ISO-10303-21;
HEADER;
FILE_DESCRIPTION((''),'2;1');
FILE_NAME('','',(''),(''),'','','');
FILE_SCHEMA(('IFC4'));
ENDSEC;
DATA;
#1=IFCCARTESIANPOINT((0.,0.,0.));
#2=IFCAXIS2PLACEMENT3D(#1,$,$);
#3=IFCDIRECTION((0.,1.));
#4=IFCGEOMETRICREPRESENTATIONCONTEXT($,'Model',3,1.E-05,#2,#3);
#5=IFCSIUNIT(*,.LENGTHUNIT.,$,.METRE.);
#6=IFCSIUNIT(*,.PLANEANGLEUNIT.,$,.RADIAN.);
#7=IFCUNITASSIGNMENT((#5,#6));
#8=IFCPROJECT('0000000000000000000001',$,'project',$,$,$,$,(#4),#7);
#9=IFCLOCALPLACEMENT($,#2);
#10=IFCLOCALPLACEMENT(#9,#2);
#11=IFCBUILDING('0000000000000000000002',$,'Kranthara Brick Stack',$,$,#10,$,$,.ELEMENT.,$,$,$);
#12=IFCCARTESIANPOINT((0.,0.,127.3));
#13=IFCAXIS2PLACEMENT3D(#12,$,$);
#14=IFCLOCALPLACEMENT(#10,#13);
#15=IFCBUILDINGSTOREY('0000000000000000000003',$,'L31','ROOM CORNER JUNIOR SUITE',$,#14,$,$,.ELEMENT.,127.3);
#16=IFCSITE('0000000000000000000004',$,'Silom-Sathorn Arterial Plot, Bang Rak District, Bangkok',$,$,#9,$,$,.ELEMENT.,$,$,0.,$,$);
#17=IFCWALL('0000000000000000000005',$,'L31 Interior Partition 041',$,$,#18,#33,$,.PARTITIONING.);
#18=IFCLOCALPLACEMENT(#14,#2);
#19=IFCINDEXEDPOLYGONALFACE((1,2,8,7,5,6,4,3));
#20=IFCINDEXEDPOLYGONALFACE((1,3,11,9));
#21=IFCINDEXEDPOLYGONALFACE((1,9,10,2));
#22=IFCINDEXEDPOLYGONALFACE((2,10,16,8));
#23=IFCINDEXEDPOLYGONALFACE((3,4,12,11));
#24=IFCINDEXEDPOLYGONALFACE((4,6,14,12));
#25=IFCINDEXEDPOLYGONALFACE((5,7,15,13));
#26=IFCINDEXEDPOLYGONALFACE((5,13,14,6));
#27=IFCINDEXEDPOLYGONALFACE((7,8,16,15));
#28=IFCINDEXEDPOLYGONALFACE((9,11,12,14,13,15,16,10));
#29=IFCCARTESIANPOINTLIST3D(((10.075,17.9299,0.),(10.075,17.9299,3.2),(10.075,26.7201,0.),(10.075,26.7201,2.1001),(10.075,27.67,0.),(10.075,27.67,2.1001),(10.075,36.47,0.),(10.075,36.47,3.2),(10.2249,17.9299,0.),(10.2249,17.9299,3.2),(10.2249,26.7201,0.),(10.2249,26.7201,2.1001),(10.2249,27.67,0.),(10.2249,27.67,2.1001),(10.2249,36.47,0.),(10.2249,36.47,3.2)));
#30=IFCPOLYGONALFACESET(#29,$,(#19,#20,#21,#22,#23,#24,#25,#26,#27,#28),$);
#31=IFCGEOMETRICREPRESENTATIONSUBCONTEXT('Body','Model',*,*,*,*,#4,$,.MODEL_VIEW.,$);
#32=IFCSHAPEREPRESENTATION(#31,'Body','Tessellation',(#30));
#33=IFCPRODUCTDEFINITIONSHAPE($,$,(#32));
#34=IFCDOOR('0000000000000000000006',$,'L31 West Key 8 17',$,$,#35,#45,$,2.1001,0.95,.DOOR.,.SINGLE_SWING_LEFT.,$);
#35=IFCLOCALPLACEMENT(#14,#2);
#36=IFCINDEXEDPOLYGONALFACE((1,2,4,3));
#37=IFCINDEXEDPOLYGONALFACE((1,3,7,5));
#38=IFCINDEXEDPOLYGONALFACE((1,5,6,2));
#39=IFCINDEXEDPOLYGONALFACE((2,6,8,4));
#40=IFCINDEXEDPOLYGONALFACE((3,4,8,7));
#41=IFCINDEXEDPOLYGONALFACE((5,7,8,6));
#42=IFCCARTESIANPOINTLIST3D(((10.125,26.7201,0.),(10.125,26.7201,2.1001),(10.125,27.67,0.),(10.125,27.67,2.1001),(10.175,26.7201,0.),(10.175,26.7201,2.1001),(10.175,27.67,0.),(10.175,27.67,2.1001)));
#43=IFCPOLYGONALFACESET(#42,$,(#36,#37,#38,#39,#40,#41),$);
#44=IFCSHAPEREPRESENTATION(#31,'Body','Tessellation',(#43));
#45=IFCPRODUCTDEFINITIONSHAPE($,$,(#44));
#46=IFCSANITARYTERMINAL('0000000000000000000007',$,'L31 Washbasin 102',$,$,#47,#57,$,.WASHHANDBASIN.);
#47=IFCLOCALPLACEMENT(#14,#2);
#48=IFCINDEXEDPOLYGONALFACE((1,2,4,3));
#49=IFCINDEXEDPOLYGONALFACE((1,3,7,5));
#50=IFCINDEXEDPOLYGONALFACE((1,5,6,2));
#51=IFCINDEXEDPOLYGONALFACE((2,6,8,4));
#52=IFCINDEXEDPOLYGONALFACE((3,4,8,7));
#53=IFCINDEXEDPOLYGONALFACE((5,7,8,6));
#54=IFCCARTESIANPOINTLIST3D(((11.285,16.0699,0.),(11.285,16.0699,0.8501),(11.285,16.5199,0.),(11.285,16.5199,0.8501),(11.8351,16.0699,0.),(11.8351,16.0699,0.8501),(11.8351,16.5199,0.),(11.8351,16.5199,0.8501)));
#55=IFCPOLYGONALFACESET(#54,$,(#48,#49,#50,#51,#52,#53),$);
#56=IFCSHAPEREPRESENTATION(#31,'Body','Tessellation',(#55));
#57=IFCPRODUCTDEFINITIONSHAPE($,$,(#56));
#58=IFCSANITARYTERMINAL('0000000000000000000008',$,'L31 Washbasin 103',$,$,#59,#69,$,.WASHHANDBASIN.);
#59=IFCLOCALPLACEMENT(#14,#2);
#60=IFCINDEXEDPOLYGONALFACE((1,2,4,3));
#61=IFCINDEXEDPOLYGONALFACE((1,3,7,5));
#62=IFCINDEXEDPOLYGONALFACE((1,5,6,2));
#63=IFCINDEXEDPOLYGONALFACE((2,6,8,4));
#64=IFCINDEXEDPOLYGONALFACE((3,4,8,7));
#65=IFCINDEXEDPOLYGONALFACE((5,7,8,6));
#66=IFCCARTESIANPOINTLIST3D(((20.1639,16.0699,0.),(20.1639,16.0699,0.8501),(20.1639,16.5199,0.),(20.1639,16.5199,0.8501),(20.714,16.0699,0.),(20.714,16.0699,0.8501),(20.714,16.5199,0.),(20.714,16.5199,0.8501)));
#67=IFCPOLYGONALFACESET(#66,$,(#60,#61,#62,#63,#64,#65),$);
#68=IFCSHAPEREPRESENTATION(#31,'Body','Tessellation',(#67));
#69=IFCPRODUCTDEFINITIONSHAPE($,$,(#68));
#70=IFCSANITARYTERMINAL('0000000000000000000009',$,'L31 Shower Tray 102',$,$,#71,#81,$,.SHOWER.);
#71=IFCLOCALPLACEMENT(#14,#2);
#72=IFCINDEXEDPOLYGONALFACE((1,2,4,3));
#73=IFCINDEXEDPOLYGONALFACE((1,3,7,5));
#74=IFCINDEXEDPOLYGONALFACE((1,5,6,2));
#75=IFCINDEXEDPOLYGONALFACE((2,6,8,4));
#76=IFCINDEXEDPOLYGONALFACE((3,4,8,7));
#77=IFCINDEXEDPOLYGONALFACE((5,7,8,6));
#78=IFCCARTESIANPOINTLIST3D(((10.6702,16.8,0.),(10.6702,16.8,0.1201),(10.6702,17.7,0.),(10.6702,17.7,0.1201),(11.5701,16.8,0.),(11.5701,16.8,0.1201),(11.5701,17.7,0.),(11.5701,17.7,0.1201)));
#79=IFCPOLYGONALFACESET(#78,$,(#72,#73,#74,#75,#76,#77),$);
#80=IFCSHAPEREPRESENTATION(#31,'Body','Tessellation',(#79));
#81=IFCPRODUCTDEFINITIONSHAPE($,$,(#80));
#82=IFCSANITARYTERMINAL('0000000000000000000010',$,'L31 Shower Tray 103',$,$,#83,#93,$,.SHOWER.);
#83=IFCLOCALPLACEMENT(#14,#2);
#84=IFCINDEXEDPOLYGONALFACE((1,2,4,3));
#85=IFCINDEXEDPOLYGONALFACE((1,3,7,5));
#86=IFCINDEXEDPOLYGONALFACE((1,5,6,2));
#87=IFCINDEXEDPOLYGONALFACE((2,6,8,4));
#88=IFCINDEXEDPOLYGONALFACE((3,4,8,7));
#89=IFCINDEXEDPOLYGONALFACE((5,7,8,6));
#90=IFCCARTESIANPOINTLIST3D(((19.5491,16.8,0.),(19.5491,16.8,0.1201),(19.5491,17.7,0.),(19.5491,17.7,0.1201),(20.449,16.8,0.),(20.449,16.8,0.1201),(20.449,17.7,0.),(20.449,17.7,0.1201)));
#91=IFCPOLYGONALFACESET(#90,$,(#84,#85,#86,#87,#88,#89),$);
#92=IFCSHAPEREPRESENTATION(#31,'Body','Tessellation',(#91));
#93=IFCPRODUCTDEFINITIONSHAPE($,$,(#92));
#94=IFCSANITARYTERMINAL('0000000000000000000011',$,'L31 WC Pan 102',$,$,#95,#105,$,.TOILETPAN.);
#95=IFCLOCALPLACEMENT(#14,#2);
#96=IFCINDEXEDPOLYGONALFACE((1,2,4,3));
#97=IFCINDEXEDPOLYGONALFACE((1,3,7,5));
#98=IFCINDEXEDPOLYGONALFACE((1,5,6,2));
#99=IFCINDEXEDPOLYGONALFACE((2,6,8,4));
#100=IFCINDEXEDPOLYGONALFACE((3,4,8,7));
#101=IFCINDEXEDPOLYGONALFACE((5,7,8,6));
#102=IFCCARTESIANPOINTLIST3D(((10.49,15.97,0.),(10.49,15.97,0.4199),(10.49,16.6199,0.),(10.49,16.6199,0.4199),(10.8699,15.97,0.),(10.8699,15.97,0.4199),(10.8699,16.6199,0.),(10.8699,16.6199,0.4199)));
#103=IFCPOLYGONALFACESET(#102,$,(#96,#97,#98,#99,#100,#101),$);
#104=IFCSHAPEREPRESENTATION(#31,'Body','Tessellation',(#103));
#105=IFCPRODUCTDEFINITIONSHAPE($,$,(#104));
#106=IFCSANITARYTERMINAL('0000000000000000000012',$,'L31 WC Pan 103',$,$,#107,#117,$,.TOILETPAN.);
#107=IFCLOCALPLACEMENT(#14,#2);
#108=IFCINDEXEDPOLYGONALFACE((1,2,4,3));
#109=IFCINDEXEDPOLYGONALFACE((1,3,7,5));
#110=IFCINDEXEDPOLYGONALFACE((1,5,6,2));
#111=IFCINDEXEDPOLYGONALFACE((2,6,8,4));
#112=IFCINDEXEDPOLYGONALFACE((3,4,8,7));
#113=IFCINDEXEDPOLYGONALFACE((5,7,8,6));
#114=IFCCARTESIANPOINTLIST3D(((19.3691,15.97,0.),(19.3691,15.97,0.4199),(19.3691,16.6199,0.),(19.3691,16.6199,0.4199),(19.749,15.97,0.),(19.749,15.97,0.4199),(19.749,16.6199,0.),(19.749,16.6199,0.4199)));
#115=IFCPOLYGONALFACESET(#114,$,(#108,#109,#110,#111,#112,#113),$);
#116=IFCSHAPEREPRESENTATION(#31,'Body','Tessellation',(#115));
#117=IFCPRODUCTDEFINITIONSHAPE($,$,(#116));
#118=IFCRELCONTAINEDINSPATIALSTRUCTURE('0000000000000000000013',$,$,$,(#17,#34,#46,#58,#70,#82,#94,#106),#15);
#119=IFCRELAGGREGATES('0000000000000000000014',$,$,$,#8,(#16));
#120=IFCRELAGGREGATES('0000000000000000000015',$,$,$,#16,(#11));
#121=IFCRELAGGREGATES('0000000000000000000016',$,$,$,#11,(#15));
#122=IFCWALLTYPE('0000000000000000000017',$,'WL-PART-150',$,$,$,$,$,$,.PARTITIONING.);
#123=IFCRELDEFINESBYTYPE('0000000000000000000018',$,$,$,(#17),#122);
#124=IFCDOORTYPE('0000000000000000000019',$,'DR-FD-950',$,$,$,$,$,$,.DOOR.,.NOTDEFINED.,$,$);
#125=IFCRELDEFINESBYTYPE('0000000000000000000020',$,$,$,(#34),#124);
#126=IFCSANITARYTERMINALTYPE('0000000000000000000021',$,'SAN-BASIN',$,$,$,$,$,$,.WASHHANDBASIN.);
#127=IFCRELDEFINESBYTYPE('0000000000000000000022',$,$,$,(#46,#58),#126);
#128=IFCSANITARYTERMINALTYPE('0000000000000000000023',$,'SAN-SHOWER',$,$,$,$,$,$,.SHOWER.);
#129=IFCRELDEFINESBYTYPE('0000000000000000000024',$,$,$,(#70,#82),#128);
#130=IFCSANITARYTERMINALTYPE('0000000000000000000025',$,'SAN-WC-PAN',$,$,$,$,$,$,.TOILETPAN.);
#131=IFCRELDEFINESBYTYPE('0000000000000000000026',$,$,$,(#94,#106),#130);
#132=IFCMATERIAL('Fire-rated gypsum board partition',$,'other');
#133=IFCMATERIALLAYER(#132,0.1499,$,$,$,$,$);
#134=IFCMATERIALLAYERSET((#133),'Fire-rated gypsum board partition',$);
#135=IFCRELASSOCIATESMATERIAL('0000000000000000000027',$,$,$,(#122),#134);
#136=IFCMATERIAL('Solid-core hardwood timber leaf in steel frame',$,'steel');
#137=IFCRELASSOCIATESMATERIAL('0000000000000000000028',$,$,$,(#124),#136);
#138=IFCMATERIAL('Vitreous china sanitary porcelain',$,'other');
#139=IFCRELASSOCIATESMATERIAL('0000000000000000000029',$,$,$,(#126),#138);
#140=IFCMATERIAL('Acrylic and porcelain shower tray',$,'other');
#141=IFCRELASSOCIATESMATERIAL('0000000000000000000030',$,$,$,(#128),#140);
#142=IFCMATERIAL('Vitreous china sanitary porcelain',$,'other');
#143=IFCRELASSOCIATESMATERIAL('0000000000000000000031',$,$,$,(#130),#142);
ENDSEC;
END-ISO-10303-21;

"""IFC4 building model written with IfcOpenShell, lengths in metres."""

from ifc_helpers import new_model, si_unit, direction, frame, frame_2d, origin, origin_2d, place, context, subcontext, project, spatial, rectangle, extrude, material, layer, layer_set, type_object, element, fill, save


model = new_model("IFC4")

# Units and contexts
model_context = context("Model", 3, precision=1e-05, world=origin(), true_north=direction((0.0, 1.0)))
body_context = subcontext(model_context, "Body", "Model", "MODEL_VIEW")
ifc_project = project(units=[si_unit("LENGTHUNIT", "METRE"), si_unit("PLANEANGLEUNIT", "RADIAN")], contexts=[model_context])

# Site, building, storey
site_placement = place(None, origin())
site = spatial("IfcSite", under=ifc_project, at=site_placement, Name="Silom-Sathorn Arterial Plot, Bang Rak District, Bangkok", CompositionType="ELEMENT", RefElevation=0.0)
building_placement = place(site_placement, origin())
building = spatial("IfcBuilding", under=site, at=building_placement, Name="Kranthara Brick Stack", CompositionType="ELEMENT")
storey_placement = place(building_placement, frame((0.0, 0.0, 127.3)))
storey = spatial("IfcBuildingStorey", under=building, at=storey_placement, Name="L31", Description="ROOM CORNER JUNIOR SUITE", CompositionType="ELEMENT", Elevation=127.3)

# Shared definitions
ifc_material_1 = material(Name="Fire-rated gypsum board partition", Category="other")
ifc_layer_1 = layer(ifc_material_1, 0.1499)
ifc_layer_set_1 = layer_set([ifc_layer_1], Name="Fire-rated gypsum board partition")
wall_type_1 = type_object("IfcWallType", Name="WL-PART-150", PredefinedType="PARTITIONING", material=ifc_layer_set_1)

# Shared definitions
ifc_material_2 = material(Name="Solid-core hardwood timber leaf in steel frame", Category="steel")
door_type_1 = type_object("IfcDoorType", Name="DR-FD-950", OperationType="NOTDEFINED", PredefinedType="DOOR", material=ifc_material_2)

# Wall, opening, door
wall_1_placement = place(storey_placement, frame((10.1499, 17.9299, 0.0), z_axis=(0.0, 0.0, 1.0), x_axis=(0.0, 1.0, 0.0)))
wall_1 = element("IfcWall", 1, at=wall_1_placement, inside=storey, type_object=wall_type_1, Name="L31 Interior Partition 041", PredefinedType="PARTITIONING", context=body_context, shape_type="SweptSolid", body=[
    extrude(rectangle(XDim=18.54, YDim=0.1499, at=frame_2d((9.27, 0.0))), origin(), (0.0, 0.0, 1.0), 3.2),
])
opening_1_placement = place(wall_1_placement, frame((8.79, 0.0, 0.0)))
opening_1 = element("IfcOpeningElement", 2, at=opening_1_placement, cuts=wall_1, PredefinedType="OPENING", context=body_context, shape_type="SweptSolid", body=[
    extrude(rectangle(XDim=0.95, YDim=2.1001, at=frame_2d((0.4751, 1.05))), frame((0.0, 0.085, 0.0), z_axis=(0.0, -1.0, 0.0), x_axis=(1.0, 0.0, 0.0)), (0.0, 0.0, 1.0), 0.1699),
])
door_1_placement = place(opening_1_placement, origin())
door_1 = element("IfcDoor", 3, at=door_1_placement, inside=storey, type_object=door_type_1, Name="L31 West Key 8 17", OperationType="SINGLE_SWING_LEFT", OverallHeight=2.1001, OverallWidth=0.95, PredefinedType="DOOR", context=body_context, shape_type="SweptSolid", body=[
    extrude(rectangle(XDim=0.95, YDim=2.1001, at=frame_2d((0.4751, 1.05))), frame((0.0, 0.0249, 0.0), z_axis=(0.0, -1.0, 0.0), x_axis=(1.0, 0.0, 0.0)), (0.0, 0.0, 1.0), 0.05),
])
fill(opening_1, door_1)

# Sanitary terminals
ifc_material_3 = material(Name="Vitreous china sanitary porcelain", Category="other")
sanitary_terminal_type_1 = type_object("IfcSanitaryTerminalType", Name="SAN-BASIN", PredefinedType="WASHHANDBASIN", material=ifc_material_3)
for number, where, z_axis, x_axis, name in (
    (4, (11.5601, 16.2949, 0.0), (0.0, 0.0, 1.0), (1.0, 0.0, 0.0), "L31 Washbasin 102"),
    (5, (20.439, 16.2949, 0.0), (0.0, 0.0, 1.0), (1.0, 0.0, 0.0), "L31 Washbasin 103"),
):
    element("IfcSanitaryTerminal", number, at=place(storey_placement, frame(where, z_axis=z_axis, x_axis=x_axis)), inside=storey, type_object=sanitary_terminal_type_1, Name=name, PredefinedType="WASHHANDBASIN", context=body_context, shape_type="SweptSolid", body=[
        extrude(rectangle(XDim=0.55, YDim=0.45, at=origin_2d()), origin(), (0.0, 0.0, 1.0), 0.8501),
    ])
ifc_material_4 = material(Name="Acrylic and porcelain shower tray", Category="other")
sanitary_terminal_type_2 = type_object("IfcSanitaryTerminalType", Name="SAN-SHOWER", PredefinedType="SHOWER", material=ifc_material_4)
for number, where, z_axis, x_axis, name in (
    (6, (11.1201, 17.25, 0.0), (0.0, 0.0, 1.0), (1.0, 0.0, 0.0), "L31 Shower Tray 102"),
    (7, (19.999, 17.25, 0.0), (0.0, 0.0, 1.0), (1.0, 0.0, 0.0), "L31 Shower Tray 103"),
):
    element("IfcSanitaryTerminal", number, at=place(storey_placement, frame(where, z_axis=z_axis, x_axis=x_axis)), inside=storey, type_object=sanitary_terminal_type_2, Name=name, PredefinedType="SHOWER", context=body_context, shape_type="SweptSolid", body=[
        extrude(rectangle(XDim=0.8999, YDim=0.8999, at=origin_2d()), origin(), (0.0, 0.0, 1.0), 0.1201),
    ])
ifc_material_5 = material(Name="Vitreous china sanitary porcelain", Category="other")
sanitary_terminal_type_3 = type_object("IfcSanitaryTerminalType", Name="SAN-WC-PAN", PredefinedType="TOILETPAN", material=ifc_material_5)
for number, where, z_axis, x_axis, name in (
    (8, (10.6799, 16.2949, 0.0), (0.0, 0.0, 1.0), (1.0, 0.0, 0.0), "L31 WC Pan 102"),
    (9, (19.5591, 16.2949, 0.0), (0.0, 0.0, 1.0), (1.0, 0.0, 0.0), "L31 WC Pan 103"),
):
    element("IfcSanitaryTerminal", number, at=place(storey_placement, frame(where, z_axis=z_axis, x_axis=x_axis)), inside=storey, type_object=sanitary_terminal_type_3, Name=name, PredefinedType="TOILETPAN", context=body_context, shape_type="SweptSolid", body=[
        extrude(rectangle(XDim=0.3799, YDim=0.6499, at=origin_2d()), origin(), (0.0, 0.0, 1.0), 0.4199),
    ])

save(model, "model.ifc")
